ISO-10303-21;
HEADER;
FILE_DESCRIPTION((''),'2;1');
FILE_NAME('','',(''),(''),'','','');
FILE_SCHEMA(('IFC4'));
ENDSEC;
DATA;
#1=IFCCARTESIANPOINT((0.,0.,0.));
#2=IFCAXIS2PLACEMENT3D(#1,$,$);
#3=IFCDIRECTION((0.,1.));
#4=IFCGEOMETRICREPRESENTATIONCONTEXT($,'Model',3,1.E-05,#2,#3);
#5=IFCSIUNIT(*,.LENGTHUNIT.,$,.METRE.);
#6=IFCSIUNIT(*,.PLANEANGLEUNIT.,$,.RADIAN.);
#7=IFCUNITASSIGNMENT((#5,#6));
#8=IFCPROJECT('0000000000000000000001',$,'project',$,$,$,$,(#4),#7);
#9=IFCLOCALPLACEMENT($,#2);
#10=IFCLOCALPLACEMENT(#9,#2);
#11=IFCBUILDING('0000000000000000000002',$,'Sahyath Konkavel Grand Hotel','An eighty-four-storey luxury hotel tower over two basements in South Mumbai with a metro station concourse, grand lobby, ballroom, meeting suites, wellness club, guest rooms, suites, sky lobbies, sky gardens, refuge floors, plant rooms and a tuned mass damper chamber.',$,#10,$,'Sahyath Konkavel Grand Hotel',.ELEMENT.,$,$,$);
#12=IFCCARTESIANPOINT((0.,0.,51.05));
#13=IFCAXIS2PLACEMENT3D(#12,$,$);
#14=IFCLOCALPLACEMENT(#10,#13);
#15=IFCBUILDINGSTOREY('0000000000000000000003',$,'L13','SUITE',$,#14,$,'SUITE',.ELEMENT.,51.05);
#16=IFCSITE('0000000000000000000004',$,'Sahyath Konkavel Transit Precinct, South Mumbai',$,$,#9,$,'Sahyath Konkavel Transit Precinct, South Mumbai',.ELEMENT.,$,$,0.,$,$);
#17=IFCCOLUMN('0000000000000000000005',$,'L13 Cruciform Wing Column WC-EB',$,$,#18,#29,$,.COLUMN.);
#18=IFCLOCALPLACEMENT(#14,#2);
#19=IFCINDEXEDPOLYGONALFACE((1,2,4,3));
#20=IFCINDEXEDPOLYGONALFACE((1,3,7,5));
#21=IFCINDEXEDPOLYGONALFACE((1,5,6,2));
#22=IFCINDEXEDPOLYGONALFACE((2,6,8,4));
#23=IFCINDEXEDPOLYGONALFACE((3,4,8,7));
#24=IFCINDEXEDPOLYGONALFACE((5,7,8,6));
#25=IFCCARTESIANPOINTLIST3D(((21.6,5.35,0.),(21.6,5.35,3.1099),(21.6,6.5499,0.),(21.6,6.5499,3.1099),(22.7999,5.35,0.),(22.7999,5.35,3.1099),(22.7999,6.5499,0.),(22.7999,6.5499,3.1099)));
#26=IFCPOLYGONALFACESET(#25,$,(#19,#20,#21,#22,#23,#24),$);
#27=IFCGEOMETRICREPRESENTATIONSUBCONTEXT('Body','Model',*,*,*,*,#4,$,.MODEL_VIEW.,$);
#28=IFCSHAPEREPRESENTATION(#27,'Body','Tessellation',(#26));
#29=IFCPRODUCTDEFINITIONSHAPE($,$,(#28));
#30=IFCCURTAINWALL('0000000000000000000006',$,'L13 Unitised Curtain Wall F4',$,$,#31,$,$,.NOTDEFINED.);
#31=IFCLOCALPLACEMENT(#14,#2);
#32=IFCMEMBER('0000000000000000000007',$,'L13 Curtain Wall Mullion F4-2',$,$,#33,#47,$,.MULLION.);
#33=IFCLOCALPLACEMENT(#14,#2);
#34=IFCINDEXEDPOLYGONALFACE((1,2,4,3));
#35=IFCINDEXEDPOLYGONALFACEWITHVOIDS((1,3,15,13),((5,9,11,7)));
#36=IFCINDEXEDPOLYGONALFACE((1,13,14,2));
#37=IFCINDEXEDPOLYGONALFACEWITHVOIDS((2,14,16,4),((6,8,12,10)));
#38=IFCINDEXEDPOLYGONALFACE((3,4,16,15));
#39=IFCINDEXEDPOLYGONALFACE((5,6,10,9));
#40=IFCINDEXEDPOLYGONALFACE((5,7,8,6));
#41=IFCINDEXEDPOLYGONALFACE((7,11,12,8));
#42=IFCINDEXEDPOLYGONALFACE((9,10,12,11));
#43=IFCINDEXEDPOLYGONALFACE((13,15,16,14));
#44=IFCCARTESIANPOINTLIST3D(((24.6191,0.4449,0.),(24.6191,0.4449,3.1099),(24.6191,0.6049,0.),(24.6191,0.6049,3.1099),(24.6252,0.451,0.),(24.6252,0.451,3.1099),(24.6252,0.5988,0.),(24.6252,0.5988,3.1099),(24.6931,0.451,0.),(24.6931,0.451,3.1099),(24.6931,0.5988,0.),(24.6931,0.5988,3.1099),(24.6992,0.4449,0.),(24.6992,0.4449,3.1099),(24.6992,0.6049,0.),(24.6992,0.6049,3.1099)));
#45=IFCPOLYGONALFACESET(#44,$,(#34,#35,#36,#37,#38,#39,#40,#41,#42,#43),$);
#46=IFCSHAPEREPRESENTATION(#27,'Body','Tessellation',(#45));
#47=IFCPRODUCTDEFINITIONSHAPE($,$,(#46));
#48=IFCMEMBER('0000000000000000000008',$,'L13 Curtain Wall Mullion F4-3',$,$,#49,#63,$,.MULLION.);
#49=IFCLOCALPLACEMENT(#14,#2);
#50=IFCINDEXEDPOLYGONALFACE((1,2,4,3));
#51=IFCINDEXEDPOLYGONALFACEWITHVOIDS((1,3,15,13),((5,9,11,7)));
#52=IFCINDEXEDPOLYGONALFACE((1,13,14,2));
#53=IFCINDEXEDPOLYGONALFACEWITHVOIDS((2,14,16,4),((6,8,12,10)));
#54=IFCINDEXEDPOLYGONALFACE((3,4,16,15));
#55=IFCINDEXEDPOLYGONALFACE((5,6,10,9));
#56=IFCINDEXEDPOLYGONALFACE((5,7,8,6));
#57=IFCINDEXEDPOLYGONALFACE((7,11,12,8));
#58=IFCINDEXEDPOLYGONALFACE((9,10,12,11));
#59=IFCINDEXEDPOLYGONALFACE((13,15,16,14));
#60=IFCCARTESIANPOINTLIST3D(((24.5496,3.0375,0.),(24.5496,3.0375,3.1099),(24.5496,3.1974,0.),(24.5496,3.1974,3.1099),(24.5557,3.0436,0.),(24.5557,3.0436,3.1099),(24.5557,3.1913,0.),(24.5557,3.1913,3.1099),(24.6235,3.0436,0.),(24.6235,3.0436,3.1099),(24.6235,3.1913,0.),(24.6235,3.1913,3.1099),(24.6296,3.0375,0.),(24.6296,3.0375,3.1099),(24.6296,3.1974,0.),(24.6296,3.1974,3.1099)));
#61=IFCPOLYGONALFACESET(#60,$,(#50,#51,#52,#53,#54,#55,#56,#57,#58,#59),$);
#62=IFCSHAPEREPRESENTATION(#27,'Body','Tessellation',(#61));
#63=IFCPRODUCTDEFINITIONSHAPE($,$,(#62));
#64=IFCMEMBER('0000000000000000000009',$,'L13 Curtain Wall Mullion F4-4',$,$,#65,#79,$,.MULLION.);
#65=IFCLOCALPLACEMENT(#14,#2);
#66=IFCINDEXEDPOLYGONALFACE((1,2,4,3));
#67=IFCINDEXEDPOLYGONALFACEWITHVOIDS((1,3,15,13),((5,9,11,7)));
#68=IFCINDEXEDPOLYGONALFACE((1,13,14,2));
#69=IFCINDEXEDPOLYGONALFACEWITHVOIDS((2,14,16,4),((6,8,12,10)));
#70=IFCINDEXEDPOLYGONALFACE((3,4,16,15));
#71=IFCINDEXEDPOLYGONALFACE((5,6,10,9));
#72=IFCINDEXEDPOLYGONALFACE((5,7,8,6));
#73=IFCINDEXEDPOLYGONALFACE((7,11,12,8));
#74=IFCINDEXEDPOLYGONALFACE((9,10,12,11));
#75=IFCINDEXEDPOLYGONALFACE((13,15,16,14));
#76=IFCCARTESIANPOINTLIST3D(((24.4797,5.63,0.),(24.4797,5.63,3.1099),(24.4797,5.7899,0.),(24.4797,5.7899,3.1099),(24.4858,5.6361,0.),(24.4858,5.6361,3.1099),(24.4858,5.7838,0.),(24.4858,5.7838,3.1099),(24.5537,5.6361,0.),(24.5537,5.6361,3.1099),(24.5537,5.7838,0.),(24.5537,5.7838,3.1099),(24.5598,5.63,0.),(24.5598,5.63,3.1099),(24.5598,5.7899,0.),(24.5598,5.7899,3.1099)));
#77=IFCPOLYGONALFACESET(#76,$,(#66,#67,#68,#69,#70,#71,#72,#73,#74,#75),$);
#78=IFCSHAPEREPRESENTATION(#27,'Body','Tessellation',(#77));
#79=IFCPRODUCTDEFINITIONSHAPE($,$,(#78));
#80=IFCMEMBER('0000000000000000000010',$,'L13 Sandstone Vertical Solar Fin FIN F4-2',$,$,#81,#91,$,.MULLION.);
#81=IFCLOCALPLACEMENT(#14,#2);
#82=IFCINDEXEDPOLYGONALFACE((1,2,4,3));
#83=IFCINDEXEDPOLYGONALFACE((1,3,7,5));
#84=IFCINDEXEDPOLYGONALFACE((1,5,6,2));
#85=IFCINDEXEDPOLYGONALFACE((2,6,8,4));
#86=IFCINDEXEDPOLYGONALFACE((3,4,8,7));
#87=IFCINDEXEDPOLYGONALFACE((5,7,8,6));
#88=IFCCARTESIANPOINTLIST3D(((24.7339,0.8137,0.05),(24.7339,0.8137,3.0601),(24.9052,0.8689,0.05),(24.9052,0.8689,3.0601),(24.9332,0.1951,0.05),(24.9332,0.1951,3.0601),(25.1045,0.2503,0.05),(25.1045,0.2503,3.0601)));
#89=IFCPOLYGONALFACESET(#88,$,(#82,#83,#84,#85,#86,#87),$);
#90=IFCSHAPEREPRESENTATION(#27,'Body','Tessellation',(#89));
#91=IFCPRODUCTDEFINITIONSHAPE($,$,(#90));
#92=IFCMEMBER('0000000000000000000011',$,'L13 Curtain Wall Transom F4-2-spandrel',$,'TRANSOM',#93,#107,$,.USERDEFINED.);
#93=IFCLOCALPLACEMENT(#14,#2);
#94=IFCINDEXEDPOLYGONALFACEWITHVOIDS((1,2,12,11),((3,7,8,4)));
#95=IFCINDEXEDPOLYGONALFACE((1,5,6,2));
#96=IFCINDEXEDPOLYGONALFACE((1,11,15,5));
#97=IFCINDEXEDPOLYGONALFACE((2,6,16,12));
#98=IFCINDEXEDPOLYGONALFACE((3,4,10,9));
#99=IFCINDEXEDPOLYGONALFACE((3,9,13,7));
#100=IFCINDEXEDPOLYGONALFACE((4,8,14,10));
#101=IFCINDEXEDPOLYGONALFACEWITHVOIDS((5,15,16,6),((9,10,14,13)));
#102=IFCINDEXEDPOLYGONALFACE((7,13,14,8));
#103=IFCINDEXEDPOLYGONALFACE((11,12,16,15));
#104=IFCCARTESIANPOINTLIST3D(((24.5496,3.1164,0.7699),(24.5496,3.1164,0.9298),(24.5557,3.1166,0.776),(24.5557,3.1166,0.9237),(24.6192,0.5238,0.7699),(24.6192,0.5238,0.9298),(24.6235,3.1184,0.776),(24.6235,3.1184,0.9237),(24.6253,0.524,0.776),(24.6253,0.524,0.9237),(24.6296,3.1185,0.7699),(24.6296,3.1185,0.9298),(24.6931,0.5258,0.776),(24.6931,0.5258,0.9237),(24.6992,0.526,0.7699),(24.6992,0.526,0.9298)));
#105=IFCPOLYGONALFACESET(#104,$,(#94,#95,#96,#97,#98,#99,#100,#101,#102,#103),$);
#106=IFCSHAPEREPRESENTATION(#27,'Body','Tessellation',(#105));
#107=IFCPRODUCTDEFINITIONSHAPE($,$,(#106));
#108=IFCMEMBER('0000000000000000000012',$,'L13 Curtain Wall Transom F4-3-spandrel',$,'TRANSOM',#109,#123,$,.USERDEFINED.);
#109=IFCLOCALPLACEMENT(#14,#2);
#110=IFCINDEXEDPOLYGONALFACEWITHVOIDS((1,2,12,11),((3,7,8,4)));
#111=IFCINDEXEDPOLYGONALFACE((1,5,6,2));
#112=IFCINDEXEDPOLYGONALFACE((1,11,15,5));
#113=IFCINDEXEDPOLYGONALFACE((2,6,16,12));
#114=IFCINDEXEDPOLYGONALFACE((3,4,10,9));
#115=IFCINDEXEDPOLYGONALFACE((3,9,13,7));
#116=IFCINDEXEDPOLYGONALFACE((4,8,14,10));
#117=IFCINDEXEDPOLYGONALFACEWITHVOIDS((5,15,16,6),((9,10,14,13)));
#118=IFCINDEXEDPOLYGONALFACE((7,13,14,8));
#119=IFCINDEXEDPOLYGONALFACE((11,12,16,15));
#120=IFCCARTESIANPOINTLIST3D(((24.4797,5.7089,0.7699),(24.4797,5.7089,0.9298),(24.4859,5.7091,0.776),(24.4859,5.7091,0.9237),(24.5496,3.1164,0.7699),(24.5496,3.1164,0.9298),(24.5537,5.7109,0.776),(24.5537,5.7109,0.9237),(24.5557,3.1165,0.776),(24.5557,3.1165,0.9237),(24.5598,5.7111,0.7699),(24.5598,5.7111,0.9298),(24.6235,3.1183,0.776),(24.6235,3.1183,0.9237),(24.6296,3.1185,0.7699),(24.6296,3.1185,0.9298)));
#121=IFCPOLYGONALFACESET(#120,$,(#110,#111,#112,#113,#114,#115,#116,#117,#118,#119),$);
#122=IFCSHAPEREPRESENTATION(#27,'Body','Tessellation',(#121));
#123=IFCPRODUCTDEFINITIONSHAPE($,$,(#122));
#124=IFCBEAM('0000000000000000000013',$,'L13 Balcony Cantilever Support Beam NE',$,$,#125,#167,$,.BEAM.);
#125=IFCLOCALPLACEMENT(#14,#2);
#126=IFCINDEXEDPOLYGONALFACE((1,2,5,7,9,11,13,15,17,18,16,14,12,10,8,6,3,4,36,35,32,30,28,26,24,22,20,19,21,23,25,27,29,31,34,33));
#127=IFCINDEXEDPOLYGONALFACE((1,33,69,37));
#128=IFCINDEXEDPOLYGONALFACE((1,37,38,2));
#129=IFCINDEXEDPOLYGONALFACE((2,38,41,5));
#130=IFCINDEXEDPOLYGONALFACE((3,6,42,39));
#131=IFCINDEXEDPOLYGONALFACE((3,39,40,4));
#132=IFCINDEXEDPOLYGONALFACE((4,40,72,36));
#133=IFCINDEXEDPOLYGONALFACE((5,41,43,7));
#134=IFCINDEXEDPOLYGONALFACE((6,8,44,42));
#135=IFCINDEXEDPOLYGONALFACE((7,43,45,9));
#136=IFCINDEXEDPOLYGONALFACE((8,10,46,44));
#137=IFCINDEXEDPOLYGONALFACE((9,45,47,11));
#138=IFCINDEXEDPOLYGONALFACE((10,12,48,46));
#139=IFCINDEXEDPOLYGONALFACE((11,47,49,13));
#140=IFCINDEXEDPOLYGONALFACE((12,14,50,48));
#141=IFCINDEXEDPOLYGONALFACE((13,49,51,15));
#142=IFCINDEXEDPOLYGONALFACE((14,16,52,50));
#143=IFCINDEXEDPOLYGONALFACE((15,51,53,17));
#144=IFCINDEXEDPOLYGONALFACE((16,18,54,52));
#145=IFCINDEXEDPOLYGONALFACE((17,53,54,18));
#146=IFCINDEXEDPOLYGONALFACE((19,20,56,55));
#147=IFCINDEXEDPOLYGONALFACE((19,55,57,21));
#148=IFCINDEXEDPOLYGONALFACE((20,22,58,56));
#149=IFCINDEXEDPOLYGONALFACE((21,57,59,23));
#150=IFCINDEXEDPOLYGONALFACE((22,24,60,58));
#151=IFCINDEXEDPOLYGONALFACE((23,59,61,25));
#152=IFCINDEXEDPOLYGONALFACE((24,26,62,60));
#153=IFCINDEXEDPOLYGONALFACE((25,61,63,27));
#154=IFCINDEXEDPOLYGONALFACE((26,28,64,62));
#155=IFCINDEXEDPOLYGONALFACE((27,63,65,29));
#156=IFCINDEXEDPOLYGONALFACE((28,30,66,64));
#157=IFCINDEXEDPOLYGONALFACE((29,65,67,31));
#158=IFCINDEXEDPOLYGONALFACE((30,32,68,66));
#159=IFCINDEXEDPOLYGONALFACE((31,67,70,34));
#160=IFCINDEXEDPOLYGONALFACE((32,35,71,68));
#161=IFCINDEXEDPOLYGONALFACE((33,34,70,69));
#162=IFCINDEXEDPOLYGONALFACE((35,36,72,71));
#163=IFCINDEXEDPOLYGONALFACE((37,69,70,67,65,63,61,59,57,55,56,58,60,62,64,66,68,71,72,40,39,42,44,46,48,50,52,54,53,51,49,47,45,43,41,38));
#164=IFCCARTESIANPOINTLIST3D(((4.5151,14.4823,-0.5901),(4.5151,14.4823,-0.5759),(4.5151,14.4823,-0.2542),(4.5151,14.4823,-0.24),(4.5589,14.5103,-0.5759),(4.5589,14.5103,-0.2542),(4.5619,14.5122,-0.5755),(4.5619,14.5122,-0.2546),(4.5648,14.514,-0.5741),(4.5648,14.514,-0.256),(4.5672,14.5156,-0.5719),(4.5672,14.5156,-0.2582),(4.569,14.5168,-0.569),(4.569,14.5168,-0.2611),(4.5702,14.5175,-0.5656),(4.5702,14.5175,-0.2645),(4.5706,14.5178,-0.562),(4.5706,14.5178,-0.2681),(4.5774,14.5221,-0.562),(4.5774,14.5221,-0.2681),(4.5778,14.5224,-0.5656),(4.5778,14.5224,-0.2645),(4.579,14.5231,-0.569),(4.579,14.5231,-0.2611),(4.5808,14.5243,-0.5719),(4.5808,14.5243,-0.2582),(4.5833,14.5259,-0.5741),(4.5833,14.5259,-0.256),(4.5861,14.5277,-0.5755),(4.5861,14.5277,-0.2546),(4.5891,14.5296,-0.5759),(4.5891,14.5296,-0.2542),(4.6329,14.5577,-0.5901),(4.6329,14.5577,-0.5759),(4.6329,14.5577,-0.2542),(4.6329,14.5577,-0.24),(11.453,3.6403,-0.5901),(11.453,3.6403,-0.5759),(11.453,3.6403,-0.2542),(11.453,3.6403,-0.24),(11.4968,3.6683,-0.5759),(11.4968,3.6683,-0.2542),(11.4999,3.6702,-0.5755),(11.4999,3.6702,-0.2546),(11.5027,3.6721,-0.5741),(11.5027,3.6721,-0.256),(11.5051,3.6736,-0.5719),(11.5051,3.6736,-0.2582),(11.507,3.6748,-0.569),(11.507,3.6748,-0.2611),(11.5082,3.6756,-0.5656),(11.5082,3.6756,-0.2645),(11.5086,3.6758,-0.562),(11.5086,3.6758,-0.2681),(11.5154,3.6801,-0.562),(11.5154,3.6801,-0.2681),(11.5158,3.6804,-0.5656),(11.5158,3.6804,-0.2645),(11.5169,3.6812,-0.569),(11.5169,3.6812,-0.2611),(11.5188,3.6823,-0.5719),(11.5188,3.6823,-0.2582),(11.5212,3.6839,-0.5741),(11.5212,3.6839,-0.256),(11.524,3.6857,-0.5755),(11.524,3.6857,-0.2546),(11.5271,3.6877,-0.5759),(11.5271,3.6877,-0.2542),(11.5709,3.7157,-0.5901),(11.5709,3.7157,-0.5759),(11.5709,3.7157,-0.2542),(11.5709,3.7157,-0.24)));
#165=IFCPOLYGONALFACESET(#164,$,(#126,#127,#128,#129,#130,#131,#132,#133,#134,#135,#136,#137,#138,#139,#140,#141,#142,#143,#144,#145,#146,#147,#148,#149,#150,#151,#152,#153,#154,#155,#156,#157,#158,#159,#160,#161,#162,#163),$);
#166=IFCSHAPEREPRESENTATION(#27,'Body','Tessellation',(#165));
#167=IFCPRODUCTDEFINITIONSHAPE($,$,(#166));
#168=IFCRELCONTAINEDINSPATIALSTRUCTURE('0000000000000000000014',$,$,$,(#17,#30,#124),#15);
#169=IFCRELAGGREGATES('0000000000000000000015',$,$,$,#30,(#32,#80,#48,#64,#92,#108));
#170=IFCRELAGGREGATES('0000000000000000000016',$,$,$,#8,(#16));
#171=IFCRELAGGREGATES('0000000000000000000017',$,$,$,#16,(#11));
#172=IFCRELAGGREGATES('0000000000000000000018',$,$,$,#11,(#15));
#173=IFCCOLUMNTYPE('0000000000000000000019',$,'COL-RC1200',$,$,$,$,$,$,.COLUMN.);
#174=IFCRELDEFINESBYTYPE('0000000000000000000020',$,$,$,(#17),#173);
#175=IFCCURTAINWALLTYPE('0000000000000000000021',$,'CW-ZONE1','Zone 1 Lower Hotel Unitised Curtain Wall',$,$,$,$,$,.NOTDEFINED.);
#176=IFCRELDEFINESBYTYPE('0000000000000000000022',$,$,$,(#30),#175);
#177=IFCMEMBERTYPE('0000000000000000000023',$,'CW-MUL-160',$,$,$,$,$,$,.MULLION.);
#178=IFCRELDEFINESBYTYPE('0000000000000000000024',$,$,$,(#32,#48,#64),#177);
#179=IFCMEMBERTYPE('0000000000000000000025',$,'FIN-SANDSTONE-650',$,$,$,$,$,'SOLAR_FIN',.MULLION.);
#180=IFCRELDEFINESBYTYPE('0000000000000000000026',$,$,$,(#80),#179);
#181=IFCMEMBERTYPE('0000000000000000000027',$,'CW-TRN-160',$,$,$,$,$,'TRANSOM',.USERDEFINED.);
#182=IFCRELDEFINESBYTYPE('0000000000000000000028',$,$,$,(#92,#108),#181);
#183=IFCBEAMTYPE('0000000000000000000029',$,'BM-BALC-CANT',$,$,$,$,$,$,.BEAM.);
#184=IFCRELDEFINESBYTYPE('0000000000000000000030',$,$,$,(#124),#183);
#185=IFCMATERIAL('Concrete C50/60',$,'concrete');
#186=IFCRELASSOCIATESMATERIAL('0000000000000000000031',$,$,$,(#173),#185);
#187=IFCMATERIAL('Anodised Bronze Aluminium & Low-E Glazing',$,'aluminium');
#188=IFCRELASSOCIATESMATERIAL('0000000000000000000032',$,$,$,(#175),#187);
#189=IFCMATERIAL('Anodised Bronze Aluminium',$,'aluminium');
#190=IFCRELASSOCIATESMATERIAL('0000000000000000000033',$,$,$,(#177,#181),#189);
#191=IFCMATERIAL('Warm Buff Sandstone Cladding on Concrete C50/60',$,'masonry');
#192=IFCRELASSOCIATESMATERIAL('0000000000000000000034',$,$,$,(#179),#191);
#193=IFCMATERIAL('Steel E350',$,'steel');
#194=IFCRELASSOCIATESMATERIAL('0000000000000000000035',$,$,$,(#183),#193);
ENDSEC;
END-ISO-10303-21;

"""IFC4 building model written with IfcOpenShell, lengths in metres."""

from ifc_helpers import new_model, si_unit, direction, frame, origin, origin_2d, place, context, subcontext, project, spatial, rectangle, hollow_rectangle, i_section, extrude, source, transform, mapped, material, material_profile, profile_set, type_object, element, aggregate, save


model = new_model("IFC4")

# Units and contexts
model_context = context("Model", 3, precision=1e-05, world=origin(), true_north=direction((0.0, 1.0)))
body_context = subcontext(model_context, "Body", "Model", "MODEL_VIEW")
ifc_project = project(units=[si_unit("LENGTHUNIT", "METRE"), si_unit("PLANEANGLEUNIT", "RADIAN")], contexts=[model_context])

# Site, building, storey
site_placement = place(None, origin())
site = spatial("IfcSite", under=ifc_project, at=site_placement, Name="Sahyath Konkavel Transit Precinct, South Mumbai", LongName="Sahyath Konkavel Transit Precinct, South Mumbai", CompositionType="ELEMENT", RefElevation=0.0)
building_placement = place(site_placement, origin())
building = spatial("IfcBuilding", under=site, at=building_placement, Name="Sahyath Konkavel Grand Hotel", Description="An eighty-four-storey luxury hotel tower over two basements in South Mumbai with a metro station concourse, grand lobby, ballroom, meeting suites, wellness club, guest rooms, suites, sky lobbies, sky gardens, refuge floors, plant rooms and a tuned mass damper chamber.", LongName="Sahyath Konkavel Grand Hotel", CompositionType="ELEMENT")
storey_placement = place(building_placement, frame((0.0, 0.0, 51.05)))
storey = spatial("IfcBuildingStorey", under=building, at=storey_placement, Name="L13", Description="SUITE", LongName="SUITE", CompositionType="ELEMENT", Elevation=51.05)

# Column
ifc_material_1 = material(Name="Concrete C50/60", Category="concrete")
ifc_material_profile_1 = material_profile(ifc_material_1, rectangle(XDim=1.2, YDim=1.2, at=origin_2d()), Name="RC 1200x1200")
ifc_profile_set_1 = profile_set([ifc_material_profile_1], Name="Concrete C50/60")
column_type = type_object("IfcColumnType", Name="COL-RC1200", PredefinedType="COLUMN", material=ifc_profile_set_1)
shared_shape_1 = source(origin(), body_context, "Body", "SweptSolid", [
    extrude(rectangle(XDim=1.2, YDim=1.2, at=origin_2d()), origin(), (0.0, 0.0, 1.0), 3.1099),
])
column_placement = place(storey_placement, frame((22.2, 5.95, 0.0), z_axis=(0.0, 0.0, 1.0), x_axis=(1.0, 0.0, 0.0)))
element("IfcColumn", 1, at=column_placement, inside=storey, type_object=column_type, Name="L13 Cruciform Wing Column WC-EB", PredefinedType="COLUMN", context=body_context, shape_type="MappedRepresentation", body=[
    mapped(shared_shape_1, transform((0.0, 0.0, 0.0), scale=1.0)),
])

# Curtain wall, members
ifc_material_2 = material(Name="Anodised Bronze Aluminium & Low-E Glazing", Category="aluminium")
curtain_wall_type = type_object("IfcCurtainWallType", Name="CW-ZONE1", Description="Zone 1 Lower Hotel Unitised Curtain Wall", PredefinedType="NOTDEFINED", material=ifc_material_2)
curtain_wall_placement = place(storey_placement, origin())
curtain_wall = element("IfcCurtainWall", 2, at=curtain_wall_placement, inside=storey, type_object=curtain_wall_type, Name="L13 Unitised Curtain Wall F4", PredefinedType="NOTDEFINED")
ifc_material_3 = material(Name="Anodised Bronze Aluminium", Category="aluminium")
ifc_material_profile_2 = material_profile(ifc_material_3, hollow_rectangle(XDim=0.0801, YDim=0.1599, WallThickness=0.0061, at=origin_2d()), Name="RHS 160x80x6")
ifc_profile_set_2 = profile_set([ifc_material_profile_2], Name="Anodised Bronze Aluminium")
member_type_1 = type_object("IfcMemberType", Name="CW-MUL-160", PredefinedType="MULLION", material=ifc_profile_set_2)
shared_shape_2 = source(origin(), body_context, "Body", "SweptSolid", [
    extrude(hollow_rectangle(XDim=0.0801, YDim=0.1599, WallThickness=0.0061, at=origin_2d()), origin(), (0.0, 0.0, 1.0), 3.1099),
])
member_1_placement = place(storey_placement, frame((24.6592, 0.5249, 0.0), z_axis=(0.0, 0.0, 1.0), x_axis=(1.0, 0.0, 0.0)))
member_1 = element("IfcMember", 3, at=member_1_placement, type_object=member_type_1, Name="L13 Curtain Wall Mullion F4-2", PredefinedType="MULLION", context=body_context, shape_type="MappedRepresentation", body=[
    mapped(shared_shape_2, transform((0.0, 0.0, 0.0), scale=1.0)),
])
member_2_placement = place(storey_placement, frame((24.5896, 3.1174, 0.0), z_axis=(0.0, 0.0, 1.0), x_axis=(1.0, 0.0, 0.0)))
member_2 = element("IfcMember", 4, at=member_2_placement, type_object=member_type_1, Name="L13 Curtain Wall Mullion F4-3", PredefinedType="MULLION", context=body_context, shape_type="MappedRepresentation", body=[
    mapped(shared_shape_2, transform((0.0, 0.0, 0.0), scale=1.0)),
])
member_3_placement = place(storey_placement, frame((24.5198, 5.71, 0.0), z_axis=(0.0, 0.0, 1.0), x_axis=(1.0, 0.0, 0.0)))
member_3 = element("IfcMember", 5, at=member_3_placement, type_object=member_type_1, Name="L13 Curtain Wall Mullion F4-4", PredefinedType="MULLION", context=body_context, shape_type="MappedRepresentation", body=[
    mapped(shared_shape_2, transform((0.0, 0.0, 0.0), scale=1.0)),
])
ifc_material_4 = material(Name="Warm Buff Sandstone Cladding on Concrete C50/60", Category="masonry")
ifc_material_profile_3 = material_profile(ifc_material_4, rectangle(XDim=0.1799, YDim=0.6499, at=origin_2d()), Name="FIN 180x650")
ifc_profile_set_3 = profile_set([ifc_material_profile_3], Name="Warm Buff Sandstone Cladding on Concrete C50/60")
member_type_2 = type_object("IfcMemberType", Name="FIN-SANDSTONE-650", ElementType="SOLAR_FIN", PredefinedType="MULLION", material=ifc_profile_set_3)
shared_shape_3 = source(origin(), body_context, "Body", "SweptSolid", [
    extrude(rectangle(XDim=0.1799, YDim=0.6499, at=origin_2d()), origin(), (0.0, 0.0, 1.0), 3.01),
])
member_4_placement = place(storey_placement, frame((24.9192, 0.532, 0.05), z_axis=(0.0, 0.0, 1.0), x_axis=(0.951809, 0.306692, 0.0)))
member_4 = element("IfcMember", 6, at=member_4_placement, type_object=member_type_2, Name="L13 Sandstone Vertical Solar Fin FIN F4-2", PredefinedType="MULLION", context=body_context, shape_type="MappedRepresentation", body=[
    mapped(shared_shape_3, transform((0.0, 0.0, 0.0), scale=1.0)),
])
ifc_material_profile_4 = material_profile(ifc_material_3, hollow_rectangle(XDim=0.0801, YDim=0.1599, WallThickness=0.0061, at=origin_2d()), Name="RHS 160x80x6")
ifc_profile_set_4 = profile_set([ifc_material_profile_4], Name="Anodised Bronze Aluminium")
member_type_3 = type_object("IfcMemberType", Name="CW-TRN-160", ElementType="TRANSOM", PredefinedType="USERDEFINED", material=ifc_profile_set_4)
shared_shape_4 = source(origin(), body_context, "Body", "SweptSolid", [
    extrude(hollow_rectangle(XDim=0.0801, YDim=0.1599, WallThickness=0.0061, at=origin_2d()), origin(), (0.0, 0.0, 1.0), 2.5935),
])
member_5_placement = place(storey_placement, frame((24.6592, 0.5249, 0.8499), z_axis=(-0.026829, 0.99964, 0.0), x_axis=(-0.99964, -0.026829, 0.0)))
member_5 = element("IfcMember", 7, at=member_5_placement, type_object=member_type_3, Name="L13 Curtain Wall Transom F4-2-spandrel", ObjectType="TRANSOM", PredefinedType="USERDEFINED", context=body_context, shape_type="MappedRepresentation", body=[
    mapped(shared_shape_4, transform((0.0, 0.0, 0.0), scale=1.0)),
])
member_6_placement = place(storey_placement, frame((24.5896, 3.1174, 0.8499), z_axis=(-0.026923, 0.999638, 0.0), x_axis=(-0.999638, -0.026923, 0.0)))
member_6 = element("IfcMember", 8, at=member_6_placement, type_object=member_type_3, Name="L13 Curtain Wall Transom F4-3-spandrel", ObjectType="TRANSOM", PredefinedType="USERDEFINED", context=body_context, shape_type="MappedRepresentation", body=[
    mapped(shared_shape_4, transform((0.0, 0.0, 0.0), scale=1.0)),
])

# Beam
ifc_material_5 = material(Name="Steel E350", Category="steel")
ifc_material_profile_5 = material_profile(ifc_material_5, i_section(OverallWidth=0.1399, OverallDepth=0.3501, WebThickness=0.0081, FlangeThickness=0.0142, FilletRadius=0.0139, at=origin_2d()), Name="ISMB 350")
ifc_profile_set_5 = profile_set([ifc_material_profile_5], Name="Steel E350")
beam_type = type_object("IfcBeamType", Name="BM-BALC-CANT", PredefinedType="BEAM", material=ifc_profile_set_5)
shared_shape_5 = source(origin(), body_context, "Body", "SweptSolid", [
    extrude(i_section(OverallWidth=0.1399, OverallDepth=0.3501, WebThickness=0.0081, FlangeThickness=0.0142, FilletRadius=0.0139, at=origin_2d()), origin(), (0.0, 0.0, 1.0), 12.8718),
])
beam_placement = place(storey_placement, frame((11.512, 3.678, -0.415), z_axis=(-0.539003, 0.842304, 0.0), x_axis=(-0.842304, -0.539003, 0.0)))
element("IfcBeam", 9, at=beam_placement, inside=storey, type_object=beam_type, Name="L13 Balcony Cantilever Support Beam NE", PredefinedType="BEAM", context=body_context, shape_type="MappedRepresentation", body=[
    mapped(shared_shape_5, transform((0.0, 0.0, 0.0), scale=1.0)),
])

aggregate(curtain_wall, [member_1, member_4, member_2, member_3, member_5, member_6])

save(model, "model.ifc")
